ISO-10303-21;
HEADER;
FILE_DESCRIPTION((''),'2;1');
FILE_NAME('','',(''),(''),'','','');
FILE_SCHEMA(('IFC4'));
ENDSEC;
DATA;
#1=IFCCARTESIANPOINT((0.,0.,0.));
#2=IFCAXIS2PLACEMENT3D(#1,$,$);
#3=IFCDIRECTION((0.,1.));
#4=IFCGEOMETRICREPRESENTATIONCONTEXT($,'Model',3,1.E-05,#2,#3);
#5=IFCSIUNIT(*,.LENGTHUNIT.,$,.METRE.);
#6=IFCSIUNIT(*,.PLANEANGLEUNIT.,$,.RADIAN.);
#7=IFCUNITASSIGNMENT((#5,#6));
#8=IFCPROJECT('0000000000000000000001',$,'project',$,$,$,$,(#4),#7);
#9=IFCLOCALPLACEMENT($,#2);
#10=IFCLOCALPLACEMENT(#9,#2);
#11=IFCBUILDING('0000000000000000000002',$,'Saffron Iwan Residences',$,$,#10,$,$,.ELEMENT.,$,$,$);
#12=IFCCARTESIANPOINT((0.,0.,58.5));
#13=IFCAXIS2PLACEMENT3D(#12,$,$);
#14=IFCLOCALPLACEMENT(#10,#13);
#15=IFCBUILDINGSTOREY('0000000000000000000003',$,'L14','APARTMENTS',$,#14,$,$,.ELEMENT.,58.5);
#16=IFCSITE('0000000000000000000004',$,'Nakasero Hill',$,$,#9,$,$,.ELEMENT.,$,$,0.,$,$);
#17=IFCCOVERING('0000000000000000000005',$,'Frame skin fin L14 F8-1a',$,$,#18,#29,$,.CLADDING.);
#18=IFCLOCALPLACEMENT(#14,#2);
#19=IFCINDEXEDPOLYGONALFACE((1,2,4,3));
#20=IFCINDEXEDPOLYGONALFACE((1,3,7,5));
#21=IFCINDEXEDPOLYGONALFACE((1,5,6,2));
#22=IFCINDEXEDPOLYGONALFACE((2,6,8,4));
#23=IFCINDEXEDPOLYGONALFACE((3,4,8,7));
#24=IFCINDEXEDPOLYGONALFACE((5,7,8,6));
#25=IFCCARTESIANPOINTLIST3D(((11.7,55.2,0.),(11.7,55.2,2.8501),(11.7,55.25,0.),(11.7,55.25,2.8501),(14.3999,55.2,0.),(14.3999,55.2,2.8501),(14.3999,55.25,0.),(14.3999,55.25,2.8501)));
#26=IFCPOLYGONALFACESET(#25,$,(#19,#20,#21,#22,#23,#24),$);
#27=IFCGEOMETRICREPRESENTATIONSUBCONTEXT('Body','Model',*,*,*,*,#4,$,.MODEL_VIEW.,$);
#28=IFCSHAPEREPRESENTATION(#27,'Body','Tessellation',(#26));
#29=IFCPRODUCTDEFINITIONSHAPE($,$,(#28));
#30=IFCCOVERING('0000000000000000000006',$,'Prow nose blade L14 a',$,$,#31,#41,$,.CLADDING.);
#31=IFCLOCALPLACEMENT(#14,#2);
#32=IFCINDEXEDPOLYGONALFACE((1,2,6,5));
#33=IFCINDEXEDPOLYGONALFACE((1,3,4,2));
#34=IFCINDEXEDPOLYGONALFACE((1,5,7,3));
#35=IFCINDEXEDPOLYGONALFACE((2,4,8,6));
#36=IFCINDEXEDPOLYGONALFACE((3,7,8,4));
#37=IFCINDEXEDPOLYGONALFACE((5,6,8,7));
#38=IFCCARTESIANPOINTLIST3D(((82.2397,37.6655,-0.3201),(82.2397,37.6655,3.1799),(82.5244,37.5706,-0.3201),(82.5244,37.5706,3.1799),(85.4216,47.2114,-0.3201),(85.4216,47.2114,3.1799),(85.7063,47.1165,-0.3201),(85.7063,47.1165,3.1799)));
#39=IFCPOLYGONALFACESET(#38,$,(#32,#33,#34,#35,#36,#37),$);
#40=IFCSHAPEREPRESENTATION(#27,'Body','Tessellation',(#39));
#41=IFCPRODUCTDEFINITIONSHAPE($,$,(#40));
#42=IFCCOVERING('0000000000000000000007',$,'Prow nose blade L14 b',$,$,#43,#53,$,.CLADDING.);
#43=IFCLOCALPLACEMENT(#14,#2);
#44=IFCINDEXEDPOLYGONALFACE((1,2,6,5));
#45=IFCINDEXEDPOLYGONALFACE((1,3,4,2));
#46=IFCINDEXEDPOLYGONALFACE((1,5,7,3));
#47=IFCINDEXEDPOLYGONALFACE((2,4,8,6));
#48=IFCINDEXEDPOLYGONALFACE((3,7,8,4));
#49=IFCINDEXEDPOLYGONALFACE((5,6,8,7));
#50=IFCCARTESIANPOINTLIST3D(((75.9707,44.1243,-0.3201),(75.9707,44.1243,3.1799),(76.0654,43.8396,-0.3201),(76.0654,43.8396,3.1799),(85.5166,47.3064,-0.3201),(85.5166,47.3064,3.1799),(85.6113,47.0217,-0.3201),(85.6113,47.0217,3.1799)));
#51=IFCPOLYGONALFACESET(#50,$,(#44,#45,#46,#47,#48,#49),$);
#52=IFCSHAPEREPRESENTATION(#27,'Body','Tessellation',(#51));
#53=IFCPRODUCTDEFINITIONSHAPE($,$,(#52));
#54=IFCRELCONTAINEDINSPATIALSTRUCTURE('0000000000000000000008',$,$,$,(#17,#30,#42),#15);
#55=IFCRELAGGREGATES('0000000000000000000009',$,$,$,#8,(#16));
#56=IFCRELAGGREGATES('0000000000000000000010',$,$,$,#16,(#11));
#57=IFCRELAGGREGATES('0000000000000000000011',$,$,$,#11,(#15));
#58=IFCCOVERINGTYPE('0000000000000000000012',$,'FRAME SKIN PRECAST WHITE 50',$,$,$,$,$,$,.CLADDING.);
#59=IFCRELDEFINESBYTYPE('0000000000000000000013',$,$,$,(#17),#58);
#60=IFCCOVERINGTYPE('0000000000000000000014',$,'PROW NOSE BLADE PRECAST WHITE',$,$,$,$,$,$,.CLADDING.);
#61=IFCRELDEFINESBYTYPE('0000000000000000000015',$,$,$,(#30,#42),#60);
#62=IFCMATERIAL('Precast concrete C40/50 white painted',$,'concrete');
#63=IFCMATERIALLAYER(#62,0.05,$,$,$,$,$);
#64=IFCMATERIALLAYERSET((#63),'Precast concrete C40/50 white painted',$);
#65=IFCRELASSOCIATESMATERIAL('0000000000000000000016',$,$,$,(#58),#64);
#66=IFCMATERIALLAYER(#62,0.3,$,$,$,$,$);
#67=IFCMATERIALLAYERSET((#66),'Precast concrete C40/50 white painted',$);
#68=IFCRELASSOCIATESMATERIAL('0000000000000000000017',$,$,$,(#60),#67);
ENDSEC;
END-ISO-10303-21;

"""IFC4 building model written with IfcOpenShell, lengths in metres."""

from ifc_helpers import new_model, si_unit, direction, frame, origin, place, context, subcontext, project, spatial, polyline, outline, extrude, material, layer, layer_set, type_object, element, save


model = new_model("IFC4")

# Units and contexts
model_context = context("Model", 3, precision=1e-05, world=origin(), true_north=direction((0.0, 1.0)))
body_context = subcontext(model_context, "Body", "Model", "MODEL_VIEW")
ifc_project = project(units=[si_unit("LENGTHUNIT", "METRE"), si_unit("PLANEANGLEUNIT", "RADIAN")], contexts=[model_context])

# Site, building, storey
site_placement = place(None, origin())
site = spatial("IfcSite", under=ifc_project, at=site_placement, Name="Nakasero Hill", CompositionType="ELEMENT", RefElevation=0.0)
building_placement = place(site_placement, origin())
building = spatial("IfcBuilding", under=site, at=building_placement, Name="Saffron Iwan Residences", CompositionType="ELEMENT")
storey_placement = place(building_placement, frame((0.0, 0.0, 58.5)))
storey = spatial("IfcBuildingStorey", under=building, at=storey_placement, Name="L14", Description="APARTMENTS", CompositionType="ELEMENT", Elevation=58.5)

# Coverings
ifc_material_1 = material(Name="Precast concrete C40/50 white painted", Category="concrete")
ifc_layer_1 = layer(ifc_material_1, 0.05)
ifc_layer_set_1 = layer_set([ifc_layer_1], Name="Precast concrete C40/50 white painted")
covering_type_1 = type_object("IfcCoveringType", Name="FRAME SKIN PRECAST WHITE 50", PredefinedType="CLADDING", material=ifc_layer_set_1)
covering_1_placement = place(storey_placement, origin())
element("IfcCovering", 1, at=covering_1_placement, inside=storey, type_object=covering_type_1, Name="Frame skin fin L14 F8-1a", PredefinedType="CLADDING", context=body_context, shape_type="SweptSolid", body=[
    extrude(outline(polyline([(11.7, 55.25), (11.7, 55.2), (14.3999, 55.2), (14.3999, 55.25), (11.7, 55.25)])), origin(), (0.0, 0.0, 1.0), 2.8501),
])
ifc_layer_2 = layer(ifc_material_1, 0.3)
ifc_layer_set_2 = layer_set([ifc_layer_2], Name="Precast concrete C40/50 white painted")
covering_type_2 = type_object("IfcCoveringType", Name="PROW NOSE BLADE PRECAST WHITE", PredefinedType="CLADDING", material=ifc_layer_set_2)
covering_2_placement = place(storey_placement, frame((0.0, 0.0, -0.3201)))
element("IfcCovering", 2, at=covering_2_placement, inside=storey, type_object=covering_type_2, Name="Prow nose blade L14 a", PredefinedType="CLADDING", context=body_context, shape_type="SweptSolid", body=[
    extrude(outline(polyline([(82.5244, 37.5706), (85.7063, 47.1165), (85.4216, 47.2114), (82.2397, 37.6655), (82.5244, 37.5706)])), origin(), (0.0, 0.0, 1.0), 3.5),
])
covering_3_placement = place(storey_placement, frame((0.0, 0.0, -0.3201)))
element("IfcCovering", 3, at=covering_3_placement, inside=storey, type_object=covering_type_2, Name="Prow nose blade L14 b", PredefinedType="CLADDING", context=body_context, shape_type="SweptSolid", body=[
    extrude(outline(polyline([(76.0654, 43.8396), (85.6113, 47.0217), (85.5166, 47.3064), (75.9707, 44.1243), (76.0654, 43.8396)])), origin(), (0.0, 0.0, 1.0), 3.5),
])

save(model, "model.ifc")
